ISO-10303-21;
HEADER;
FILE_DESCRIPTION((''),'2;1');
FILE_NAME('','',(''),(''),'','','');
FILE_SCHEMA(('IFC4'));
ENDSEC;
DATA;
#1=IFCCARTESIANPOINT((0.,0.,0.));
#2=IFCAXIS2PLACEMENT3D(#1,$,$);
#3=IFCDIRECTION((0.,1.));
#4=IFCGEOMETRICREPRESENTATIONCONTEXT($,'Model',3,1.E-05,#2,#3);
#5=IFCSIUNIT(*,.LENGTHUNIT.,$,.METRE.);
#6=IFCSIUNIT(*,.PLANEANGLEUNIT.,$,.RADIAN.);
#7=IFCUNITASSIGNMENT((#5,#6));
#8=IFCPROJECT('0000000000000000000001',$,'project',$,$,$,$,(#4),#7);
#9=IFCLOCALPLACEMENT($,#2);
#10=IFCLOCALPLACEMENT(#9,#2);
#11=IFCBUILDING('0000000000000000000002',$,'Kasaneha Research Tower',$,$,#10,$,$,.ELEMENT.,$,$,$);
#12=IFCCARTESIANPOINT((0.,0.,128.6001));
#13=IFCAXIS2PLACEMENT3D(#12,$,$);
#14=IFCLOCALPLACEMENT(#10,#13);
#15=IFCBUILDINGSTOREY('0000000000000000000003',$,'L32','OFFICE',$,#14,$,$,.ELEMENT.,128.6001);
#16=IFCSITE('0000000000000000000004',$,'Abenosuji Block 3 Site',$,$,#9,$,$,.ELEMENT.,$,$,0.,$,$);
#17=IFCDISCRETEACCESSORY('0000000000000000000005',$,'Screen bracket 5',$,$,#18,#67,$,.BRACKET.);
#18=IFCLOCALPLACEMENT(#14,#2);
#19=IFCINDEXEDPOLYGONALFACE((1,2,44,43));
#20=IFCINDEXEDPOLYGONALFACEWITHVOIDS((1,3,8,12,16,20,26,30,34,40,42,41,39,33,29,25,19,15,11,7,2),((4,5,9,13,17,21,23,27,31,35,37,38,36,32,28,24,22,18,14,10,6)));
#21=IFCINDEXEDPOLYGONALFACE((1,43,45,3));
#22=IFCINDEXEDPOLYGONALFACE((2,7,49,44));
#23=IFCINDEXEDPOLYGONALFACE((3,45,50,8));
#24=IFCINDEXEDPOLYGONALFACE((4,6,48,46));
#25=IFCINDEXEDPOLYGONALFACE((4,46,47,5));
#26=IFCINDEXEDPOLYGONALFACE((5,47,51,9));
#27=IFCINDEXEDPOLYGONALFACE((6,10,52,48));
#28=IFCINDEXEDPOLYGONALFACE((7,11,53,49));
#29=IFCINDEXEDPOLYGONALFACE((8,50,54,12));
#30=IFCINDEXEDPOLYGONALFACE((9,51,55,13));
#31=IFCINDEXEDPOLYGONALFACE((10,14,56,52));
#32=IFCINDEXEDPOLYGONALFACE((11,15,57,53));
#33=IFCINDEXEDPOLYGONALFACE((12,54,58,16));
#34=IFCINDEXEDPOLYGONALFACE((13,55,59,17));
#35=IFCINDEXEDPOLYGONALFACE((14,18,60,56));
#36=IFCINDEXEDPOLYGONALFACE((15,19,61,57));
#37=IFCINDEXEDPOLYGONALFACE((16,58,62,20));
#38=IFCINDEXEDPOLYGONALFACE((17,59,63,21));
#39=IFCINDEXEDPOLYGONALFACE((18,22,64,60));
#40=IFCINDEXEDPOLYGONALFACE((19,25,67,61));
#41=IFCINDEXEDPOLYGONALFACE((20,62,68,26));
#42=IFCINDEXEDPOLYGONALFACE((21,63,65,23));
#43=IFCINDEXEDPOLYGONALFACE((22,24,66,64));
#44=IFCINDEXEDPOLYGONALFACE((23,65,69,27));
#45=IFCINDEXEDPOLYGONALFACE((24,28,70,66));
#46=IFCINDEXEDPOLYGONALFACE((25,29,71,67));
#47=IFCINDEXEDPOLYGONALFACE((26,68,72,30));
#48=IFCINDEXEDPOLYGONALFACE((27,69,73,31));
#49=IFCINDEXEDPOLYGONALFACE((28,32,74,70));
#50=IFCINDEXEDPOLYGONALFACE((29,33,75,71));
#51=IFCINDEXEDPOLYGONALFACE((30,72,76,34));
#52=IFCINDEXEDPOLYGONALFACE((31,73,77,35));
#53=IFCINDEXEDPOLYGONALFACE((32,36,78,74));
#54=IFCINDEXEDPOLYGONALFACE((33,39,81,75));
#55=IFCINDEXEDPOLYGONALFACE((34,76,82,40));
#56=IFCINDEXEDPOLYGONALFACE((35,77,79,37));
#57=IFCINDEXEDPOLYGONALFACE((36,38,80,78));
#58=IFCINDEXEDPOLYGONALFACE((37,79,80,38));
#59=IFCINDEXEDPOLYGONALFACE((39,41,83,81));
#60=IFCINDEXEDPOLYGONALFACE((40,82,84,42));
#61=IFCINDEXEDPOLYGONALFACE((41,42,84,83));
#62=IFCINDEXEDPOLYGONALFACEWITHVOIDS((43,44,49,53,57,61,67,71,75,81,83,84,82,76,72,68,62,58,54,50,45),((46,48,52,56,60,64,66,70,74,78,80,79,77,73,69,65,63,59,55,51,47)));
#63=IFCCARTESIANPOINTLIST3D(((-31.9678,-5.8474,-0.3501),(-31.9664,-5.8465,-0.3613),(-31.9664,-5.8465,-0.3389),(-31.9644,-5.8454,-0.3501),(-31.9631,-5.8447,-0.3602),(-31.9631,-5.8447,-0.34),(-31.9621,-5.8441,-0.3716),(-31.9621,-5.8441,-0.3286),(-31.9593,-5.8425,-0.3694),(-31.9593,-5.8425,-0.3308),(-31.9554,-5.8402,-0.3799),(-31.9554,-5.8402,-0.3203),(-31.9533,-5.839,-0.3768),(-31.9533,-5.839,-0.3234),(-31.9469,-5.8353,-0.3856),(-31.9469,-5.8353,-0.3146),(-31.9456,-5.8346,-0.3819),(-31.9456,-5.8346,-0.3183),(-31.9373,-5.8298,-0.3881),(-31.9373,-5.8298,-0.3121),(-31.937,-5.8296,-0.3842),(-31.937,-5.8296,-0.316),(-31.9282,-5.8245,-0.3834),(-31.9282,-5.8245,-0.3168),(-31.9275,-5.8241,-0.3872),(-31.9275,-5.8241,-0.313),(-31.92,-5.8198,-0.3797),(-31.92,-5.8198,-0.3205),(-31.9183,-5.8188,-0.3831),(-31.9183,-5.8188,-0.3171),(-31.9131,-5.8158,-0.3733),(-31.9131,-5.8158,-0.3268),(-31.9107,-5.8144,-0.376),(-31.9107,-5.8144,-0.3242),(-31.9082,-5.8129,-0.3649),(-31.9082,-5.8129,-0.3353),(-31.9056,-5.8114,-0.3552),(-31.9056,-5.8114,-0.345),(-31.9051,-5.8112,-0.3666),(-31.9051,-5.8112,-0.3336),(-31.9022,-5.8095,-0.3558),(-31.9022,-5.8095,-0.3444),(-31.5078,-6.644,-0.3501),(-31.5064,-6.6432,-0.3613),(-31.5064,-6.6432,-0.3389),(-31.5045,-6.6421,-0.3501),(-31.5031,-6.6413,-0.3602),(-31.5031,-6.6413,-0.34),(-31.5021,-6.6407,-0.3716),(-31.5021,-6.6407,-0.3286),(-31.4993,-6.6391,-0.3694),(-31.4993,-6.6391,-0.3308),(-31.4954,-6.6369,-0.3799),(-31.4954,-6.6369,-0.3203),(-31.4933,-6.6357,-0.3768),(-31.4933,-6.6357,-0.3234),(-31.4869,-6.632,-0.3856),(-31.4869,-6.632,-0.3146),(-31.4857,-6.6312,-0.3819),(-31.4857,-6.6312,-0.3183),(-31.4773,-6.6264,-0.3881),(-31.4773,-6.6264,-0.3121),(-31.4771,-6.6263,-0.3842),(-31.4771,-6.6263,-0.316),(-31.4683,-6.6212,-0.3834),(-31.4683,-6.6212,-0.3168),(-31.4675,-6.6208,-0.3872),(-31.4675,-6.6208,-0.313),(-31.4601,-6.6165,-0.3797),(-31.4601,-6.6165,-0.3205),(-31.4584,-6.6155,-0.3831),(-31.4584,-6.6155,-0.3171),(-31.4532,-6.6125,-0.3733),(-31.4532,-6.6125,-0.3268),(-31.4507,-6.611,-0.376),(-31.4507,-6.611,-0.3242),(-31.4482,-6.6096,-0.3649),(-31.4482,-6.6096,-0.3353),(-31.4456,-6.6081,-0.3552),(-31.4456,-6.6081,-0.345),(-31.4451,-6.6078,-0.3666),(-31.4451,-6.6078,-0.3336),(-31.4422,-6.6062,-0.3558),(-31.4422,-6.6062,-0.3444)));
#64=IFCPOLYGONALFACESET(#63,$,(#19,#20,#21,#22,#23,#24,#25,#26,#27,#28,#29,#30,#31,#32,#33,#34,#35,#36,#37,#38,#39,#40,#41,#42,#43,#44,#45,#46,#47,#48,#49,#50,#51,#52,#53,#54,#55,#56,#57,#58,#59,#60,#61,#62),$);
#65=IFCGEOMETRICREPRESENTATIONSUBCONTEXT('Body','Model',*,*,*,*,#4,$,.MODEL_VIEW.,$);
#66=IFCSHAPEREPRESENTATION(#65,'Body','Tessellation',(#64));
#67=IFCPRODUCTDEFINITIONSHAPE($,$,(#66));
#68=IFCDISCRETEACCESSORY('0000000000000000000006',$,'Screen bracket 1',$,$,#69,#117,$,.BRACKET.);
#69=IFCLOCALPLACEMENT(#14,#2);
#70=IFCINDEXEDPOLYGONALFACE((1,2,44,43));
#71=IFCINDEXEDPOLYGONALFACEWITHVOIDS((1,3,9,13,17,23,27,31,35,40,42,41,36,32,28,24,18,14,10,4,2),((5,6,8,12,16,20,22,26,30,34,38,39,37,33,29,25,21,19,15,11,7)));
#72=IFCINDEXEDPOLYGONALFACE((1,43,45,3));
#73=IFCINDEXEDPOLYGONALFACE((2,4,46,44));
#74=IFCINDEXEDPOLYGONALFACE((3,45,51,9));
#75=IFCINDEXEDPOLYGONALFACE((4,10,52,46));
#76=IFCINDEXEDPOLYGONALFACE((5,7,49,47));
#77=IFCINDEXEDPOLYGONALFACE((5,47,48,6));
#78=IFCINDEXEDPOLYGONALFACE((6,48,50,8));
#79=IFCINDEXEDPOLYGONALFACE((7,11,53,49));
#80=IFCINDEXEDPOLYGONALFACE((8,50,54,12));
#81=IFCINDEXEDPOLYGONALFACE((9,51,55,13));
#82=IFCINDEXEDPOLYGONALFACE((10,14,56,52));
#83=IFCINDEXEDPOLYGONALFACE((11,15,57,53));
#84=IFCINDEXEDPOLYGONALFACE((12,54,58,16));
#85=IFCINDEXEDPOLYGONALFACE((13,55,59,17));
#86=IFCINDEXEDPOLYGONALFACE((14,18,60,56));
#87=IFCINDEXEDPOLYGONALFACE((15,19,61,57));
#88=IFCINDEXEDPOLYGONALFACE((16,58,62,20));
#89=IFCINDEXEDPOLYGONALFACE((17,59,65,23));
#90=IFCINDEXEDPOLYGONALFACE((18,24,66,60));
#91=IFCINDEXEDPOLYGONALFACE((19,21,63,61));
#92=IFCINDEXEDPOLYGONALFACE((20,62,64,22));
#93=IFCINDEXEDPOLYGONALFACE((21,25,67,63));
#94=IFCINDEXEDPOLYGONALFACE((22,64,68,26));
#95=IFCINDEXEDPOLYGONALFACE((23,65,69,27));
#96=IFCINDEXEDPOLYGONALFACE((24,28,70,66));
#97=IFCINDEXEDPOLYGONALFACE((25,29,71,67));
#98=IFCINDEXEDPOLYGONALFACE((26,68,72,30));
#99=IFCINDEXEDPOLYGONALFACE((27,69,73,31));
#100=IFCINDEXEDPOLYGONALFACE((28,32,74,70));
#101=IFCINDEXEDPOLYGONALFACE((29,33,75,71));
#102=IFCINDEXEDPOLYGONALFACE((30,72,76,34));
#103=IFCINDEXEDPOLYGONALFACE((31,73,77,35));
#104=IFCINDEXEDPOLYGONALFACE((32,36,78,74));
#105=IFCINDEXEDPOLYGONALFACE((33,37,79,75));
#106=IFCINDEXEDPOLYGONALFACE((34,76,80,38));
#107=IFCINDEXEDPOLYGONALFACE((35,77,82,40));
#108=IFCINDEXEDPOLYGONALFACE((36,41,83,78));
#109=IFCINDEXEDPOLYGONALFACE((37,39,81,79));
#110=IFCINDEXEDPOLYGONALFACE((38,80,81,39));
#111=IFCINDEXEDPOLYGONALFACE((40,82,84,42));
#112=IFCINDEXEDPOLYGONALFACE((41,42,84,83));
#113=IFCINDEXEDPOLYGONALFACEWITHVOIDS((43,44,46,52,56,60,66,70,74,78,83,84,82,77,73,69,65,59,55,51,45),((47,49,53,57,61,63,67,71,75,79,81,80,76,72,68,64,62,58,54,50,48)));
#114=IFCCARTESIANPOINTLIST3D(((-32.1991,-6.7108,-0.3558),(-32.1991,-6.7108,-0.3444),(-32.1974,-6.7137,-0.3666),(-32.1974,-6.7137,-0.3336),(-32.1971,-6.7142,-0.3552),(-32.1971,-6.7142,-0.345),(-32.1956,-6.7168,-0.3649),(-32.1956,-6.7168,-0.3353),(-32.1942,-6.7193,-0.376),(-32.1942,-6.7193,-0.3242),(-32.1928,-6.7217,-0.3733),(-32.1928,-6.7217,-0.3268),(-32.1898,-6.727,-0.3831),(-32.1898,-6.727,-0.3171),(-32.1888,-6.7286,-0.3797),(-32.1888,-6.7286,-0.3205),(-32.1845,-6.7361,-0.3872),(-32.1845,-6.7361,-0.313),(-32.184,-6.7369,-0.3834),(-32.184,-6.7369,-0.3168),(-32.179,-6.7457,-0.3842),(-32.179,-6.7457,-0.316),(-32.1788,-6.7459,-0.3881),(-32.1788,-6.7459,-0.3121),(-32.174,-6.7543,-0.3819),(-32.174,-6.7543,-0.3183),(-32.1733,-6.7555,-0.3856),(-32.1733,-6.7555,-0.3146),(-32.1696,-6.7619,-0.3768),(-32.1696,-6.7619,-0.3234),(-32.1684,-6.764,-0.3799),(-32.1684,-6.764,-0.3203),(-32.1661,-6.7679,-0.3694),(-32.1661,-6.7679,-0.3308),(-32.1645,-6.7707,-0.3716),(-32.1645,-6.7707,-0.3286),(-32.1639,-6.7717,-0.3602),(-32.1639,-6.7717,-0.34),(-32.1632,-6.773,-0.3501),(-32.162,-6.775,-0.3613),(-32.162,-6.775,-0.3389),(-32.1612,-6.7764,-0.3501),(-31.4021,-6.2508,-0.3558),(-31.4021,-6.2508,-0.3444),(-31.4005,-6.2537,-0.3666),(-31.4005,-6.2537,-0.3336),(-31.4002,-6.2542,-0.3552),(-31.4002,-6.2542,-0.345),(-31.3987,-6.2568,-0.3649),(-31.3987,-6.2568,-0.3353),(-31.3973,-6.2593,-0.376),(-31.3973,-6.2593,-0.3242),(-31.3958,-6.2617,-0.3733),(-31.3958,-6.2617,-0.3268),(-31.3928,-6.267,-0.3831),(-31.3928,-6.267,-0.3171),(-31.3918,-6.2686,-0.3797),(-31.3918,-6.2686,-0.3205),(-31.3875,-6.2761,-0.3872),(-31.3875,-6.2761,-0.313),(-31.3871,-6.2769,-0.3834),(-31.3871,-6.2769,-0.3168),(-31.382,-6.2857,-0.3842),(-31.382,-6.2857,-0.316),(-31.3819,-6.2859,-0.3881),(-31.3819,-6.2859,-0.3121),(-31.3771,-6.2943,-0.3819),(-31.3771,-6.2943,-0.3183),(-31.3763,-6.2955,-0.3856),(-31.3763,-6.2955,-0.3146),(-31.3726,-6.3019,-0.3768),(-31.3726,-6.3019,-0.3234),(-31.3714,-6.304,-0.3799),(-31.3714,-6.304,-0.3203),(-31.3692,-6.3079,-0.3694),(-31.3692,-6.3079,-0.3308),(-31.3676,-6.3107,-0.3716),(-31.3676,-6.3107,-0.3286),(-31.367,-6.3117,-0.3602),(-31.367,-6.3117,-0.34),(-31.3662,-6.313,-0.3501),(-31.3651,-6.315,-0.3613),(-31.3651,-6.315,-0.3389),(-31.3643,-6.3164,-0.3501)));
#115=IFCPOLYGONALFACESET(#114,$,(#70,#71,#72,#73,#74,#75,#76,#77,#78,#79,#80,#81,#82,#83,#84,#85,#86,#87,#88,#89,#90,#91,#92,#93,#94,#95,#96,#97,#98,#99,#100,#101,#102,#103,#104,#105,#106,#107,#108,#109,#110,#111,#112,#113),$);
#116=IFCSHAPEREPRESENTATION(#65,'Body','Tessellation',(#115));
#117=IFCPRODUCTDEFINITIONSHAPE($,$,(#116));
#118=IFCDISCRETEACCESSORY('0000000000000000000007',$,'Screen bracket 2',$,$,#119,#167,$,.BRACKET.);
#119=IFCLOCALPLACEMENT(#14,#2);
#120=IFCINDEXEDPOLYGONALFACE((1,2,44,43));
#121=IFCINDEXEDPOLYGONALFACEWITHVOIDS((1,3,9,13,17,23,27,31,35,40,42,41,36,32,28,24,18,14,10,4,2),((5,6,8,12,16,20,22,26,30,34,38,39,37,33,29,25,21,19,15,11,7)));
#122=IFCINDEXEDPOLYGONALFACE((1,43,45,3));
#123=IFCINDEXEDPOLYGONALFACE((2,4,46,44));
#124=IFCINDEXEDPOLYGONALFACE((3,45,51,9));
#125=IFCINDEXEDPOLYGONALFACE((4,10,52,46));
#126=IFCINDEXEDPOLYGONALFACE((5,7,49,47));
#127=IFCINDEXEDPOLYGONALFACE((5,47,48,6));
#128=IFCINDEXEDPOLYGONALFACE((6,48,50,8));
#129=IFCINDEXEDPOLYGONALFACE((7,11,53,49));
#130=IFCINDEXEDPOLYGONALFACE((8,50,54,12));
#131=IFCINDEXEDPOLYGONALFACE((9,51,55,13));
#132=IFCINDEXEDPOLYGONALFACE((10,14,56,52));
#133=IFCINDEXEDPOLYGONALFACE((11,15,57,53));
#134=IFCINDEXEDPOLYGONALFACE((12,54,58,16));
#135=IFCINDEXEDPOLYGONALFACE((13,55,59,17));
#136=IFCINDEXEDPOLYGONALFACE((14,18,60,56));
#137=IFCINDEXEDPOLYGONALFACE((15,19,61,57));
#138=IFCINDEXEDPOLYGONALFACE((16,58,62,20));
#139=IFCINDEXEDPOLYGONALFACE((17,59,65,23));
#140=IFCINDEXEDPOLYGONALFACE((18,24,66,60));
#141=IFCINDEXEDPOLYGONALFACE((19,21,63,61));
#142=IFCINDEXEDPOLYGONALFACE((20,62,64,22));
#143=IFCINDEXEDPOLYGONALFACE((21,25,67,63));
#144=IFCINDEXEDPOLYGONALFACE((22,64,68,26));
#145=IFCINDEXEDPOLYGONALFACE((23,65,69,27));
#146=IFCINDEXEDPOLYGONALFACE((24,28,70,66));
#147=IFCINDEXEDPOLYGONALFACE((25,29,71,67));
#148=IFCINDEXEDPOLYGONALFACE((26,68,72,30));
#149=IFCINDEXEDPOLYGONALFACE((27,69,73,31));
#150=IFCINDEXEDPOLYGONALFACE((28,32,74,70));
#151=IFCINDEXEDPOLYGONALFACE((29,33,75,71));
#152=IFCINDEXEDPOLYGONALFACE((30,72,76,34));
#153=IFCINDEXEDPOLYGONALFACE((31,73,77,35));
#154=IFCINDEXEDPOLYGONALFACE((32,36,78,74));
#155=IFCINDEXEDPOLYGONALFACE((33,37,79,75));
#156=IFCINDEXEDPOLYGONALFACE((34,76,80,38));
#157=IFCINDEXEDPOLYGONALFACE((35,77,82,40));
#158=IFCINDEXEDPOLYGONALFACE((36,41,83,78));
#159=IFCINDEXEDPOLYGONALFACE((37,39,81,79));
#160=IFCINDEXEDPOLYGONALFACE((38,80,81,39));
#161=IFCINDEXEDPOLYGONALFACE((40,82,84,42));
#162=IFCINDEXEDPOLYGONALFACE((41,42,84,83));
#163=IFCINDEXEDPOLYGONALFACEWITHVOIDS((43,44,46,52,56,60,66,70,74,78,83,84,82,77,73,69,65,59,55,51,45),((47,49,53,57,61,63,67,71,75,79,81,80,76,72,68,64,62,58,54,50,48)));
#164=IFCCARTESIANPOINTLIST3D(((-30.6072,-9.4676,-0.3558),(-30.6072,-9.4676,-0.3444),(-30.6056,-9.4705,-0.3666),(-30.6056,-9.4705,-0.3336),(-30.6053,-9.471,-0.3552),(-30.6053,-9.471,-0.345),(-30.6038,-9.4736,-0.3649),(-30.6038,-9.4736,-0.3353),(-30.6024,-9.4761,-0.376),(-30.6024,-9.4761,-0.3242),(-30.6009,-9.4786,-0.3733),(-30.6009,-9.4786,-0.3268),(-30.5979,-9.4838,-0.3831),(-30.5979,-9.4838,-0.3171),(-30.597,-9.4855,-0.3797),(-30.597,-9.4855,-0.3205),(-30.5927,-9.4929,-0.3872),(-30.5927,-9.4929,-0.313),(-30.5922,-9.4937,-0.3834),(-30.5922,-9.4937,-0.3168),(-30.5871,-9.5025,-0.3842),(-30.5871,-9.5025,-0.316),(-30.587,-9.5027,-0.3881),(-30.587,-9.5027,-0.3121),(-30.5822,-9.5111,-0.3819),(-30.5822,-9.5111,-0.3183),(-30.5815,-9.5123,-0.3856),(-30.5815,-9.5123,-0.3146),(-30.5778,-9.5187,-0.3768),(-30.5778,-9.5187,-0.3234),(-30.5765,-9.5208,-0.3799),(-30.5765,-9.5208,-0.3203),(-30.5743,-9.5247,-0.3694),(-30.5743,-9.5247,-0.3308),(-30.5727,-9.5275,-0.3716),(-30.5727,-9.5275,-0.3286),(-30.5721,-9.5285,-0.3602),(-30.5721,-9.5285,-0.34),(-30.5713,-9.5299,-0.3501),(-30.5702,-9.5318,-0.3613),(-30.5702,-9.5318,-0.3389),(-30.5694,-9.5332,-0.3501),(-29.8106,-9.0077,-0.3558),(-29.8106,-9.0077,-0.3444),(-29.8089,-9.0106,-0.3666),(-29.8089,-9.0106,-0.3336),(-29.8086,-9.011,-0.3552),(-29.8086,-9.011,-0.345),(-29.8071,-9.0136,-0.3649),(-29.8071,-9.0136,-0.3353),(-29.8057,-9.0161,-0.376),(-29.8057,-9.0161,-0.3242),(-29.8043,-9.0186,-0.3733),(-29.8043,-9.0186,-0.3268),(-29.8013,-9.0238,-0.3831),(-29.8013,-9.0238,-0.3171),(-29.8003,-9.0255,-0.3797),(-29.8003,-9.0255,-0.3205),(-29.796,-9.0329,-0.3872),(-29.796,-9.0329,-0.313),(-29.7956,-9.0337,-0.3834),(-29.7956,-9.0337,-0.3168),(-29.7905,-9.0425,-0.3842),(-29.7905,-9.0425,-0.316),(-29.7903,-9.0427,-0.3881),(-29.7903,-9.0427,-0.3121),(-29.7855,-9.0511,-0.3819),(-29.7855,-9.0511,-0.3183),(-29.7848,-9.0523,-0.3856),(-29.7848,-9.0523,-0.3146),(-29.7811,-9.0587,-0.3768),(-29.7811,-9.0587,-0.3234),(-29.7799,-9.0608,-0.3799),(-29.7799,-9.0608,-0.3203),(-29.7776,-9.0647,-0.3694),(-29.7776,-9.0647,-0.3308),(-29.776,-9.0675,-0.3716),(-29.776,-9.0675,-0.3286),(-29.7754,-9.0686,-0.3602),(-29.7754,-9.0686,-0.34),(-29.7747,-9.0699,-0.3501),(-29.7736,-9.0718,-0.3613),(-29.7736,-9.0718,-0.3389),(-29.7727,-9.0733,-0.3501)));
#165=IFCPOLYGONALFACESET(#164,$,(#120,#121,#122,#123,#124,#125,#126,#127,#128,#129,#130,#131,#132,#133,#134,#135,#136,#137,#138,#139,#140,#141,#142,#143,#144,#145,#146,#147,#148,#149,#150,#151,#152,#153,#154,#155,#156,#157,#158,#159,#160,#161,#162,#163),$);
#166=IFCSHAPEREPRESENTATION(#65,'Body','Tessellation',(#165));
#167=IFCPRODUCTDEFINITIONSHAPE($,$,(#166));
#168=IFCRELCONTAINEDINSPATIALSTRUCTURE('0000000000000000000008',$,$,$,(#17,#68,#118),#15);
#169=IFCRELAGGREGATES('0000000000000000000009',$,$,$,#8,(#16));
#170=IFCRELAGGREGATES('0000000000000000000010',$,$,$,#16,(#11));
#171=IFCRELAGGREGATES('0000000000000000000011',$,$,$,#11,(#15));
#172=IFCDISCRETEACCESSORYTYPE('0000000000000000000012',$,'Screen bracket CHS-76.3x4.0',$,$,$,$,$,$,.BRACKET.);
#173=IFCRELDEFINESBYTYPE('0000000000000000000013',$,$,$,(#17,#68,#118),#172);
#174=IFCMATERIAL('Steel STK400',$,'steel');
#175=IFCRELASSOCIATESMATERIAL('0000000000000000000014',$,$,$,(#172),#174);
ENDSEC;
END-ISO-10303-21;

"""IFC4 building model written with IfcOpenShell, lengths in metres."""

from ifc_helpers import new_model, si_unit, direction, frame, origin, origin_2d, place, context, subcontext, project, spatial, hollow_circle, extrude, material, material_profile, profile_set, type_object, element, save


model = new_model("IFC4")

# Units and contexts
model_context = context("Model", 3, precision=1e-05, world=origin(), true_north=direction((0.0, 1.0)))
body_context = subcontext(model_context, "Body", "Model", "MODEL_VIEW")
ifc_project = project(units=[si_unit("LENGTHUNIT", "METRE"), si_unit("PLANEANGLEUNIT", "RADIAN")], contexts=[model_context])

# Site, building, storey
site_placement = place(None, origin())
site = spatial("IfcSite", under=ifc_project, at=site_placement, Name="Abenosuji Block 3 Site", CompositionType="ELEMENT", RefElevation=0.0)
building_placement = place(site_placement, origin())
building = spatial("IfcBuilding", under=site, at=building_placement, Name="Kasaneha Research Tower", CompositionType="ELEMENT")
storey_placement = place(building_placement, frame((0.0, 0.0, 128.6001)))
storey = spatial("IfcBuildingStorey", under=building, at=storey_placement, Name="L32", Description="OFFICE", CompositionType="ELEMENT", Elevation=128.6001)

# Discrete accessories
ifc_material_1 = material(Name="Steel STK400", Category="steel")
ifc_material_profile_1 = material_profile(ifc_material_1, hollow_circle(Radius=0.0381, WallThickness=0.0039, at=origin_2d()), Name="CHS-76.3x4.0")
ifc_profile_set_1 = profile_set([ifc_material_profile_1], Name="Steel STK400")
discrete_accessory_type = type_object("IfcDiscreteAccessoryType", Name="Screen bracket CHS-76.3x4.0", PredefinedType="BRACKET", material=ifc_profile_set_1)
discrete_accessory_1_placement = place(storey_placement, frame((-31.4749, -6.625, -0.3501), z_axis=(-0.500021, 0.866013, 0.0), x_axis=(-0.866013, -0.500021, 0.0)))
element("IfcDiscreteAccessory", 1, at=discrete_accessory_1_placement, inside=storey, type_object=discrete_accessory_type, Name="Screen bracket 5", PredefinedType="BRACKET", context=body_context, shape_type="SweptSolid", body=[
    extrude(hollow_circle(Radius=0.0381, WallThickness=0.0039, at=origin_2d()), origin(), (0.0, 0.0, 1.0), 0.9199),
])
discrete_accessory_2_placement = place(storey_placement, frame((-31.3833, -6.2834, -0.3501), z_axis=(-0.86608, -0.499906, 0.0), x_axis=(0.499906, -0.86608, 0.0)))
element("IfcDiscreteAccessory", 2, at=discrete_accessory_2_placement, inside=storey, type_object=discrete_accessory_type, Name="Screen bracket 1", PredefinedType="BRACKET", context=body_context, shape_type="SweptSolid", body=[
    extrude(hollow_circle(Radius=0.0381, WallThickness=0.0039, at=origin_2d()), origin(), (0.0, 0.0, 1.0), 0.9202),
])
discrete_accessory_3_placement = place(storey_placement, frame((-29.7917, -9.0403, -0.3501), z_axis=(-0.866013, -0.500021, 0.0), x_axis=(0.500021, -0.866013, 0.0)))
element("IfcDiscreteAccessory", 3, at=discrete_accessory_3_placement, inside=storey, type_object=discrete_accessory_type, Name="Screen bracket 2", PredefinedType="BRACKET", context=body_context, shape_type="SweptSolid", body=[
    extrude(hollow_circle(Radius=0.0381, WallThickness=0.0039, at=origin_2d()), origin(), (0.0, 0.0, 1.0), 0.9199),
])

save(model, "model.ifc")
